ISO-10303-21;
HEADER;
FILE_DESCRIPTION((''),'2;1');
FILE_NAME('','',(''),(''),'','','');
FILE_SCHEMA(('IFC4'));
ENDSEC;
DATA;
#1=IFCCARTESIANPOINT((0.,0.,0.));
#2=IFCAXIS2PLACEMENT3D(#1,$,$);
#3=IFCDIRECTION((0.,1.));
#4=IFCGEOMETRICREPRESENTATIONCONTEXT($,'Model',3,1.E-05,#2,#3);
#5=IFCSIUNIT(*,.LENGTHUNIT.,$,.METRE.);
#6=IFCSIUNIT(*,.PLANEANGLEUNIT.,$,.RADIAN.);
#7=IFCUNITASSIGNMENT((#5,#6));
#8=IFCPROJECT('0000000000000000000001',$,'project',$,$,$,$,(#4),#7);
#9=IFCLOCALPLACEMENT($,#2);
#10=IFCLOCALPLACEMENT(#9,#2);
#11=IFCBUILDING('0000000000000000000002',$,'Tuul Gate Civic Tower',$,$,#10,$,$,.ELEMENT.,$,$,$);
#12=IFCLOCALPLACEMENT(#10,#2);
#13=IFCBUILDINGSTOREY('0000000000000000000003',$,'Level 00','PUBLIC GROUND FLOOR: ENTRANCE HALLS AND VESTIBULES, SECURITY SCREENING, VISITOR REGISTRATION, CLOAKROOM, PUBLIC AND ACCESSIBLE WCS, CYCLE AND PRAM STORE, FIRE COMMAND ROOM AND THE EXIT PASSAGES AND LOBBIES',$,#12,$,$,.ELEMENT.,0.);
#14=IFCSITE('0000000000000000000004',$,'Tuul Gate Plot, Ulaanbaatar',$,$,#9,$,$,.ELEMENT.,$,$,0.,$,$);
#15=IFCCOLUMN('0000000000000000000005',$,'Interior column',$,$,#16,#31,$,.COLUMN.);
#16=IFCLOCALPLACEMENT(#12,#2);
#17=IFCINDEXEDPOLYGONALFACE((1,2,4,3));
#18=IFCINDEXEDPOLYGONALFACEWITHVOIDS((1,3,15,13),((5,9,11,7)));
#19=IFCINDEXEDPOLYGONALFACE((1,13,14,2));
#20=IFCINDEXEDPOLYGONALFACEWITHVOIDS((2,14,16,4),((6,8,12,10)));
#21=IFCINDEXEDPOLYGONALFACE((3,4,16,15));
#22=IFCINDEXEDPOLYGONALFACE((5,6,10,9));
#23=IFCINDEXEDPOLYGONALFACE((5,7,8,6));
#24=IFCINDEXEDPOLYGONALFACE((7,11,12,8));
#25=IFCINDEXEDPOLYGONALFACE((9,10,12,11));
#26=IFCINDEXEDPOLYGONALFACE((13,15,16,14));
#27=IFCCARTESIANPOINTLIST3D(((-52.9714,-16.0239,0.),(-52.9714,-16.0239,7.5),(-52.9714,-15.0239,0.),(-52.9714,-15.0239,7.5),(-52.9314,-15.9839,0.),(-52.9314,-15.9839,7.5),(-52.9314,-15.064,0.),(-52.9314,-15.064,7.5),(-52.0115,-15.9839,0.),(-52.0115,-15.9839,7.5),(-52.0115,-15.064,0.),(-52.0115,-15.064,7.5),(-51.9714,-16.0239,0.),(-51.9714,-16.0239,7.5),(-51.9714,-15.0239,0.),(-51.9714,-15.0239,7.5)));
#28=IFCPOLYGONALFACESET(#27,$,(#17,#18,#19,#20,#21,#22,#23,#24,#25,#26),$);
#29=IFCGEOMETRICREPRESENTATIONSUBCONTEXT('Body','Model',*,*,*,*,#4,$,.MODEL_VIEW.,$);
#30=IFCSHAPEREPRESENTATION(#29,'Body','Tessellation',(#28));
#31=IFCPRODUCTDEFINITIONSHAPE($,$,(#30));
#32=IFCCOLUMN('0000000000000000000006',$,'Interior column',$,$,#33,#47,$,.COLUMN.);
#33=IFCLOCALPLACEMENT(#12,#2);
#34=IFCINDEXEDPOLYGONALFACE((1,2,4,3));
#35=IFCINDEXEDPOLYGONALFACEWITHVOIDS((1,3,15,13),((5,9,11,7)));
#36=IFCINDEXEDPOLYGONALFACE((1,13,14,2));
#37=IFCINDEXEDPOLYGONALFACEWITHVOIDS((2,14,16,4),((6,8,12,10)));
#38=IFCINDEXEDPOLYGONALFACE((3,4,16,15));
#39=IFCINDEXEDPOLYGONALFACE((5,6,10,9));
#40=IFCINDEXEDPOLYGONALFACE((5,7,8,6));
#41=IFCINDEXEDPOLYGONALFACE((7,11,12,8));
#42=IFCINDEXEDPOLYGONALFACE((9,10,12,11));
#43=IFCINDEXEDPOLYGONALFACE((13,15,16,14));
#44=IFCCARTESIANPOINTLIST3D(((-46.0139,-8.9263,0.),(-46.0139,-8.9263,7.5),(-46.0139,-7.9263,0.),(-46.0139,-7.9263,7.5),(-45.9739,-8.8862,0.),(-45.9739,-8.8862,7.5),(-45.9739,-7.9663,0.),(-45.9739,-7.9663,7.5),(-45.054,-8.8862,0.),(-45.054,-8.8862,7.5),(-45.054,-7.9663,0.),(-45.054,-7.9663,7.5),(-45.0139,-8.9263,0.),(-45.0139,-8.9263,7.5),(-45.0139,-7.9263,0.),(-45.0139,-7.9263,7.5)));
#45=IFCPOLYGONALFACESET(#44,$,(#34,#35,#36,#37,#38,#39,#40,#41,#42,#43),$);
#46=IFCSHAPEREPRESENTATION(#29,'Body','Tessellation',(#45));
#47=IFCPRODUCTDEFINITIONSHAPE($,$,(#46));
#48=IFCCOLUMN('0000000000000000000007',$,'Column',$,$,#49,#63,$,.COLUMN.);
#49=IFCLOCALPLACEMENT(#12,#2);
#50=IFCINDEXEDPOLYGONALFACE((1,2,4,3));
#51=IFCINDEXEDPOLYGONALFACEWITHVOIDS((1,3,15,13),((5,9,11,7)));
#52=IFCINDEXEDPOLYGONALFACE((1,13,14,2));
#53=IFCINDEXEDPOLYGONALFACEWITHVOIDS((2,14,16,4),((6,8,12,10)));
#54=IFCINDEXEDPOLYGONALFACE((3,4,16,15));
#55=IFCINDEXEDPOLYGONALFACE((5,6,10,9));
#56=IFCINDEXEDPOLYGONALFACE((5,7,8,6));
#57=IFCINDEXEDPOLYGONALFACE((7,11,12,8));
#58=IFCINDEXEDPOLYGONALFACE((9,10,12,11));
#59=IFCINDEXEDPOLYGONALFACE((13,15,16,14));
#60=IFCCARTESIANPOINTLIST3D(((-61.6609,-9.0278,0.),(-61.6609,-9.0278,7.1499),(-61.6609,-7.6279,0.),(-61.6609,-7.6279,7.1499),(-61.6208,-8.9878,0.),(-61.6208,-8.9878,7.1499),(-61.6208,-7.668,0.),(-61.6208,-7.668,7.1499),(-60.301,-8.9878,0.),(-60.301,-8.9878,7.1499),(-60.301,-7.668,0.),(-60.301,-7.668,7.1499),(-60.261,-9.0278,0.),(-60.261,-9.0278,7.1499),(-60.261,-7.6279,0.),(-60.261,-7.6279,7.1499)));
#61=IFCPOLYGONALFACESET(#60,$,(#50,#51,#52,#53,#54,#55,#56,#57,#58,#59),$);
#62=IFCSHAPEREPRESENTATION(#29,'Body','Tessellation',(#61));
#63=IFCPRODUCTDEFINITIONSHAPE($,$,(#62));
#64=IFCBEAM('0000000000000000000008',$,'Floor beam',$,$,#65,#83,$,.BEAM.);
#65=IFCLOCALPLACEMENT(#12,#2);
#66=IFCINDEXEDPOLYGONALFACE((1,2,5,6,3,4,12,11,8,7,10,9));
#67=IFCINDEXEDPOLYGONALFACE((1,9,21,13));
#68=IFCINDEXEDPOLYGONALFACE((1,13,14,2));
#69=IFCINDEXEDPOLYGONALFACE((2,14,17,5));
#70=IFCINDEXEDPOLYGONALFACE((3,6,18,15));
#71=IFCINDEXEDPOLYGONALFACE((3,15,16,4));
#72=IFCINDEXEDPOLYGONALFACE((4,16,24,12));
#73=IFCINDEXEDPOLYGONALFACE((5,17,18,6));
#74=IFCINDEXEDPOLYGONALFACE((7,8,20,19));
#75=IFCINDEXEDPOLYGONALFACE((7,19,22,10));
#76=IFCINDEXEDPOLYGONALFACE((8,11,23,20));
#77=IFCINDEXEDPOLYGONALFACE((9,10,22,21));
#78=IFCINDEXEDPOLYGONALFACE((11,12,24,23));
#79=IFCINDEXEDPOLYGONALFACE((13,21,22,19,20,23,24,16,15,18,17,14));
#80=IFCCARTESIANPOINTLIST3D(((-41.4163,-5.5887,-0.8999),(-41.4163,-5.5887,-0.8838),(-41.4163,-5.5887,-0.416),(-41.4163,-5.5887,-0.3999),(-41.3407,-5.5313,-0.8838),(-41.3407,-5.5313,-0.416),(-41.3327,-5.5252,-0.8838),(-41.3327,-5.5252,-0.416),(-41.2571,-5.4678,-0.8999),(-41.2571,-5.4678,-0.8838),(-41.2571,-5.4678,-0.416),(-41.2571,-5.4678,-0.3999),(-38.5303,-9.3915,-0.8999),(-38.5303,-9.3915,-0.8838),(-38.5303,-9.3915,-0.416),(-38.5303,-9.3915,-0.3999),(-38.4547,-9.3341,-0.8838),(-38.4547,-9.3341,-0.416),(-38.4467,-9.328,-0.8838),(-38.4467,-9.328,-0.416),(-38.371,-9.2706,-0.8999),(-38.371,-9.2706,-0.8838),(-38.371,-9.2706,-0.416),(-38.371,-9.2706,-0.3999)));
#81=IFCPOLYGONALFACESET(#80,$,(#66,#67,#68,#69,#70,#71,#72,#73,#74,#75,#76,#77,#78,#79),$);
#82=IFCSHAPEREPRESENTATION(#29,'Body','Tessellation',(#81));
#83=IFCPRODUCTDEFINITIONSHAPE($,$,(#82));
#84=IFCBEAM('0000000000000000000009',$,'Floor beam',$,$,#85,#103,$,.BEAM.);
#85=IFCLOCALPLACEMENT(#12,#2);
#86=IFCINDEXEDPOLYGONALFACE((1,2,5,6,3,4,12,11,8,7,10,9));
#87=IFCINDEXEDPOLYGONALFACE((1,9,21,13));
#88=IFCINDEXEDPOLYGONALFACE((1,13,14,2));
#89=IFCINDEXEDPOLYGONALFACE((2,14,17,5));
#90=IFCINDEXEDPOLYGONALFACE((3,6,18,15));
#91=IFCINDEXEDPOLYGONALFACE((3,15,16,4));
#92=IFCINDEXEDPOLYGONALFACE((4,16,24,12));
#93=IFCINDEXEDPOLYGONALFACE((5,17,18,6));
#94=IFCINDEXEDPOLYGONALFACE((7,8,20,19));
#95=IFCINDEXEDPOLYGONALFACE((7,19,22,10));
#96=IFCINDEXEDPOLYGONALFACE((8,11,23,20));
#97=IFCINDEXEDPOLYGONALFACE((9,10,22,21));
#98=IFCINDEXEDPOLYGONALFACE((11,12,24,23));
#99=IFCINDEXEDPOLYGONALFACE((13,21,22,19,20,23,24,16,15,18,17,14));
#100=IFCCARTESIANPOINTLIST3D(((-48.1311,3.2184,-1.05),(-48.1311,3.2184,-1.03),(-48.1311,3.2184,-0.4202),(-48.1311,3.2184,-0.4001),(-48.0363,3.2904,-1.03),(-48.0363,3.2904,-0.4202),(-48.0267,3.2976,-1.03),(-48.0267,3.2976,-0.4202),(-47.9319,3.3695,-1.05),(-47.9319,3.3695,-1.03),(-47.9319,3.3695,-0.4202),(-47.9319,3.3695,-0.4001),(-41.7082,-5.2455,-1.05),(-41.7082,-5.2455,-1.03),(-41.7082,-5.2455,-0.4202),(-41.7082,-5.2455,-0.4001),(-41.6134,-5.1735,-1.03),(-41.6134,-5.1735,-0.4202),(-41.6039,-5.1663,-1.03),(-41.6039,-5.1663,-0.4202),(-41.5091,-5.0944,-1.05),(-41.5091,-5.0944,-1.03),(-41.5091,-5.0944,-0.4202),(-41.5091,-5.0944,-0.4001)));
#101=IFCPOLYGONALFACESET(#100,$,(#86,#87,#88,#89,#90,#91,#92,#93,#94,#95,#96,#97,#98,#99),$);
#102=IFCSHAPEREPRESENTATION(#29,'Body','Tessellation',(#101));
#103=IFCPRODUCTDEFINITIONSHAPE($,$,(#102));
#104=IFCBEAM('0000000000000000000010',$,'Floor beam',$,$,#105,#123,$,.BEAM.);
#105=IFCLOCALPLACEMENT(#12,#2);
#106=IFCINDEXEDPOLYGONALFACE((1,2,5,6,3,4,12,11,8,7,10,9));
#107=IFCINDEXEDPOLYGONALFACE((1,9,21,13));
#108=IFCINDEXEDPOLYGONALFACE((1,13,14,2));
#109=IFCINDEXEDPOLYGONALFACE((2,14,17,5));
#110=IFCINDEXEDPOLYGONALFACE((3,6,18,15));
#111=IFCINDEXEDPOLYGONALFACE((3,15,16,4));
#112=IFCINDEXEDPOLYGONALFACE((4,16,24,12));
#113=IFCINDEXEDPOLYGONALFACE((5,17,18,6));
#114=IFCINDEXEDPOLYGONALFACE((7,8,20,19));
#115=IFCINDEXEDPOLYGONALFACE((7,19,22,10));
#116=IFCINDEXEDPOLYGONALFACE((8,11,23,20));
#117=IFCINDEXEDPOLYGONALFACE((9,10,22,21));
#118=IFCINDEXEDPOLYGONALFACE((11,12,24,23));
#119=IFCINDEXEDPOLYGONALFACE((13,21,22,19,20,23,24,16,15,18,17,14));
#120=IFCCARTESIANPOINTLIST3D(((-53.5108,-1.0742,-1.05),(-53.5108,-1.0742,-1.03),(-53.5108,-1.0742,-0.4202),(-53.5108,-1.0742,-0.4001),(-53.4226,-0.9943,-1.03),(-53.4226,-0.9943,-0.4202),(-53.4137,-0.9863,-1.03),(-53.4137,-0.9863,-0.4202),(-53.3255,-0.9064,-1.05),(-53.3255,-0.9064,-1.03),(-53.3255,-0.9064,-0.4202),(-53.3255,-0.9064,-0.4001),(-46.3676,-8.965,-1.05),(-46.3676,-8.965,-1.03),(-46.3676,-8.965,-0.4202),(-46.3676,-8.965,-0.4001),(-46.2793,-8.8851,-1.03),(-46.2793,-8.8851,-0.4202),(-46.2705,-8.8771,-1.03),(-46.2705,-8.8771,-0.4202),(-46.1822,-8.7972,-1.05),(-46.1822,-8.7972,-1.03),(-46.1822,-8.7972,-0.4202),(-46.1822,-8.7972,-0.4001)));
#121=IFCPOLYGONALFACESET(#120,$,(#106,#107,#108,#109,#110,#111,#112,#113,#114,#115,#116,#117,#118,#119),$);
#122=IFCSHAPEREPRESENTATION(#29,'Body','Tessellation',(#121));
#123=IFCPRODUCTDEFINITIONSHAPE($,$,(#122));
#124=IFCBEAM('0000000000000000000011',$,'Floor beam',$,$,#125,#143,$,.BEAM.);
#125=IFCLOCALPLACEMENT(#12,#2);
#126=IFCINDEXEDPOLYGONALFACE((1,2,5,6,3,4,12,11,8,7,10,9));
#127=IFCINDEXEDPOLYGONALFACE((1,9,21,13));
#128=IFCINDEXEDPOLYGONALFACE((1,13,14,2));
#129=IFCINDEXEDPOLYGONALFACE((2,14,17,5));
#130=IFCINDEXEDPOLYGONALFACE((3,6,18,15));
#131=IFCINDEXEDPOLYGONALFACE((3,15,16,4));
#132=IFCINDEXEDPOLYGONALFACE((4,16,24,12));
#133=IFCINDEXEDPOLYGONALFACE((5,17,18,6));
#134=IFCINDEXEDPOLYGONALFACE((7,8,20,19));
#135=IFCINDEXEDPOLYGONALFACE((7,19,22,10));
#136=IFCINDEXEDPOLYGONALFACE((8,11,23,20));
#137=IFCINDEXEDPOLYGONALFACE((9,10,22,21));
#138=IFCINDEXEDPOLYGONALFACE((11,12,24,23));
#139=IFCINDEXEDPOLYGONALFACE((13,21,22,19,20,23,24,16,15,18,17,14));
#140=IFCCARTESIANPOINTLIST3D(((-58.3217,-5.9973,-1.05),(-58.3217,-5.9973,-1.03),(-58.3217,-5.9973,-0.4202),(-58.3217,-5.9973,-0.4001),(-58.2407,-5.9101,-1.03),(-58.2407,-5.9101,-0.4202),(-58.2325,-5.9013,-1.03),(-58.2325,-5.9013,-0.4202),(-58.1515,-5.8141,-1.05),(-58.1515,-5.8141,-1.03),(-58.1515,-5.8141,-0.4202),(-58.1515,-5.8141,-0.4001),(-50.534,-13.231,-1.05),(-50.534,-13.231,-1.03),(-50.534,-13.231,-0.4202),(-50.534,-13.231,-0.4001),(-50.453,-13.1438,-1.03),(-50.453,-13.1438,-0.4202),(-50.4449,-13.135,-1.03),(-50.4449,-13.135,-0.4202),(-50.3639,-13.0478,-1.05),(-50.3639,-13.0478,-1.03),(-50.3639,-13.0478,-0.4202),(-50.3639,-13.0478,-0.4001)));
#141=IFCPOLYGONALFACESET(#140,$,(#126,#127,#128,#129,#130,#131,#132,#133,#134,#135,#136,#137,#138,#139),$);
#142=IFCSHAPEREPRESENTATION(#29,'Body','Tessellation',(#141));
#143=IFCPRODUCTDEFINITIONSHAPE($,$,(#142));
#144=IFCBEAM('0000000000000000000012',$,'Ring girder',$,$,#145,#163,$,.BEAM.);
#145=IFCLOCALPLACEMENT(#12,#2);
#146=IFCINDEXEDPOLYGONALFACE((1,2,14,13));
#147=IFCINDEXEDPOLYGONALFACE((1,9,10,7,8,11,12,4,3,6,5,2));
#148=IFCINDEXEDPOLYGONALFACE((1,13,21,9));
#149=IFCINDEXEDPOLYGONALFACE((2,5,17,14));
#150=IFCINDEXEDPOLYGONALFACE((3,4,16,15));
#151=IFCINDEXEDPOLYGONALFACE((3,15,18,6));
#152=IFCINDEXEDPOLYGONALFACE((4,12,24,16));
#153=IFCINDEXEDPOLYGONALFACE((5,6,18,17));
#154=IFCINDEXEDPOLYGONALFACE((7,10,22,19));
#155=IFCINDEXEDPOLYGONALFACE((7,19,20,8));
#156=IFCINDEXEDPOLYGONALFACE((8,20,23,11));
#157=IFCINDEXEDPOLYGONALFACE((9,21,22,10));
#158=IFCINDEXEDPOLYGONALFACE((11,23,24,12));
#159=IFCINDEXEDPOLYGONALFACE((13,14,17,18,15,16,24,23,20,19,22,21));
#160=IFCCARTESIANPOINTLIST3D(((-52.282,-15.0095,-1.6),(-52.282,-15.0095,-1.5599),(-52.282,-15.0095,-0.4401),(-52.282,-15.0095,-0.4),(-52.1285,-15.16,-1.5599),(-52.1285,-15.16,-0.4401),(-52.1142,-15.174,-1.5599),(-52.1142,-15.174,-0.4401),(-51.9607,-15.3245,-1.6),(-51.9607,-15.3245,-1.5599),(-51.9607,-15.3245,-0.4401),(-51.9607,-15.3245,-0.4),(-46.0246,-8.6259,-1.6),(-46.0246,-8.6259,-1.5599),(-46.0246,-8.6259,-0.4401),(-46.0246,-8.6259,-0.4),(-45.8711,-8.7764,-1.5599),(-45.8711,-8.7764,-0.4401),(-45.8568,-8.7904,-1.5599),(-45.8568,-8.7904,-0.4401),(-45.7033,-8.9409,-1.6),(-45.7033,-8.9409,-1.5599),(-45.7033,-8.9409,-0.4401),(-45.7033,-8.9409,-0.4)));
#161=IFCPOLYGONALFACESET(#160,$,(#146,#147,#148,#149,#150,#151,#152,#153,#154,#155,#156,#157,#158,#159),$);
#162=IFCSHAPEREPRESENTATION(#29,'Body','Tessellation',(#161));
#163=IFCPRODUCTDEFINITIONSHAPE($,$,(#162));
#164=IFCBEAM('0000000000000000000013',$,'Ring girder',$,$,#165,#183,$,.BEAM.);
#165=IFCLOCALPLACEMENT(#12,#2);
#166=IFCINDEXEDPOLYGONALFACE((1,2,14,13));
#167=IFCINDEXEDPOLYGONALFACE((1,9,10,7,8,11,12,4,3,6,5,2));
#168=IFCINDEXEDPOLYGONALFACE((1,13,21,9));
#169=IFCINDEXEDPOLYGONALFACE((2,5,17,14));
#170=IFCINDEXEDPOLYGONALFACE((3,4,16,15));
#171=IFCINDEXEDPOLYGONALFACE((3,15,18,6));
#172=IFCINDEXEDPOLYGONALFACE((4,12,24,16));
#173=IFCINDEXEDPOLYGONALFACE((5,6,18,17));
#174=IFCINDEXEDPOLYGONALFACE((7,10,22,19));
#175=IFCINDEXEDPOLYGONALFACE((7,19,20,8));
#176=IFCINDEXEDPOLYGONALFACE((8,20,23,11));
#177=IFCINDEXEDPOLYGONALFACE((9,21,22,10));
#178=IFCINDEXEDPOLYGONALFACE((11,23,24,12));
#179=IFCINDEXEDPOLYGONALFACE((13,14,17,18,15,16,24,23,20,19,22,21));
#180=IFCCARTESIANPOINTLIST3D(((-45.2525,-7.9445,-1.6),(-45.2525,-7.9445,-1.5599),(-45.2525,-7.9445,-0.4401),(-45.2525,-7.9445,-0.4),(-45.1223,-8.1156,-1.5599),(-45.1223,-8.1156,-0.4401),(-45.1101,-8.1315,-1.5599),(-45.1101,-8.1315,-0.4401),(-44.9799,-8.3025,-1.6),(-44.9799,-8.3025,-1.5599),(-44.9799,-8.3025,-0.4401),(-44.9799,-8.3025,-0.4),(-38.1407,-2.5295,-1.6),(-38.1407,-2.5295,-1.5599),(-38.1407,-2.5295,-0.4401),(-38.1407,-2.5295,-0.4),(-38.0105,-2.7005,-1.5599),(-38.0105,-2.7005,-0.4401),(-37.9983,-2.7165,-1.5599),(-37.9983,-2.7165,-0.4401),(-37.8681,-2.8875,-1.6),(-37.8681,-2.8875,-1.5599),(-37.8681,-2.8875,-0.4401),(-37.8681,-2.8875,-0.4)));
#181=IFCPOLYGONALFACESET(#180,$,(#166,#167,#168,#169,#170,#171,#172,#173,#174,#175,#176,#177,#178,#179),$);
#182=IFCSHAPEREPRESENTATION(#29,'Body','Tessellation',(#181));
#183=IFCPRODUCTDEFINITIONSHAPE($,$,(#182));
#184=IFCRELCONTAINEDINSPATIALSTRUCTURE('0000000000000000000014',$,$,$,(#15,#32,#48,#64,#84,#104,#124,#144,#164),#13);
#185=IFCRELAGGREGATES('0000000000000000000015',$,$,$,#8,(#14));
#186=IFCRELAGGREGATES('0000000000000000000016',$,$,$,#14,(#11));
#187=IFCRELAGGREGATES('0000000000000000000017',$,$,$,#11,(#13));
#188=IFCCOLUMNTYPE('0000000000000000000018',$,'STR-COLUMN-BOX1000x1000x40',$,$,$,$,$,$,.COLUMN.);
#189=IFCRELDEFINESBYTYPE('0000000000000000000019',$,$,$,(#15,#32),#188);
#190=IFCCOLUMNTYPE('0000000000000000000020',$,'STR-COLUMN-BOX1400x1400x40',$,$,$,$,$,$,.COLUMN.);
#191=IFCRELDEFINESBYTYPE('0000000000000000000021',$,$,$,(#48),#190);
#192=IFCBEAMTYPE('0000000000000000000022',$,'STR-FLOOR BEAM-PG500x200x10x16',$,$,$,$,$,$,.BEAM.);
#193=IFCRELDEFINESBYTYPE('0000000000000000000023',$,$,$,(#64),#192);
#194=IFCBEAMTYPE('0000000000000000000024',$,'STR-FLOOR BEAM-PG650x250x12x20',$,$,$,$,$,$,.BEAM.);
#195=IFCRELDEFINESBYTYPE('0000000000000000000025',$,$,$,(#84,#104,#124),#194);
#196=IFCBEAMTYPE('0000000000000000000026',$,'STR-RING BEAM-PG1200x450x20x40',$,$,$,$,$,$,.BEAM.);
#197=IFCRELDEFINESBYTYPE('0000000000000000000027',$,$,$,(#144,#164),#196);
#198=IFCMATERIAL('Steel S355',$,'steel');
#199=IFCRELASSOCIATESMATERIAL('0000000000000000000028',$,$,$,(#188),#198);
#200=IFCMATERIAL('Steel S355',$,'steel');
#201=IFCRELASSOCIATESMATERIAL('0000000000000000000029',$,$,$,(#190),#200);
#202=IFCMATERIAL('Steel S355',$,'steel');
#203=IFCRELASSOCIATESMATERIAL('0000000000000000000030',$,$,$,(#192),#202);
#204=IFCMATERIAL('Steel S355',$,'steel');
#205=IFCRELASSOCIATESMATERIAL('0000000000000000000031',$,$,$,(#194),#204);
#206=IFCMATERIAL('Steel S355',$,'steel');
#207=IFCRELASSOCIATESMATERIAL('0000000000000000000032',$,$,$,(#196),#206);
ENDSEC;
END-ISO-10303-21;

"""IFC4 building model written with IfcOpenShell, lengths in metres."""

from ifc_helpers import new_model, si_unit, direction, frame, origin, origin_2d, place, context, subcontext, project, spatial, hollow_rectangle, i_section, extrude, material, material_profile, profile_set, type_object, element, save


model = new_model("IFC4")

# Units and contexts
model_context = context("Model", 3, precision=1e-05, world=origin(), true_north=direction((0.0, 1.0)))
body_context = subcontext(model_context, "Body", "Model", "MODEL_VIEW")
ifc_project = project(units=[si_unit("LENGTHUNIT", "METRE"), si_unit("PLANEANGLEUNIT", "RADIAN")], contexts=[model_context])

# Site, building, storey
site_placement = place(None, origin())
site = spatial("IfcSite", under=ifc_project, at=site_placement, Name="Tuul Gate Plot, Ulaanbaatar", CompositionType="ELEMENT", RefElevation=0.0)
building_placement = place(site_placement, origin())
building = spatial("IfcBuilding", under=site, at=building_placement, Name="Tuul Gate Civic Tower", CompositionType="ELEMENT")
storey_placement = place(building_placement, origin())
storey = spatial("IfcBuildingStorey", under=building, at=storey_placement, Name="Level 00", Description="PUBLIC GROUND FLOOR: ENTRANCE HALLS AND VESTIBULES, SECURITY SCREENING, VISITOR REGISTRATION, CLOAKROOM, PUBLIC AND ACCESSIBLE WCS, CYCLE AND PRAM STORE, FIRE COMMAND ROOM AND THE EXIT PASSAGES AND LOBBIES", CompositionType="ELEMENT", Elevation=0.0)

# Columns
ifc_material_1 = material(Name="Steel S355", Category="steel")
ifc_material_profile_1 = material_profile(ifc_material_1, hollow_rectangle(XDim=1.0, YDim=1.0, WallThickness=0.04, at=origin_2d()), Name="BOX1000x1000x40")
ifc_profile_set_1 = profile_set([ifc_material_profile_1], Name="Steel S355")
column_type_1 = type_object("IfcColumnType", Name="STR-COLUMN-BOX1000x1000x40", PredefinedType="COLUMN", material=ifc_profile_set_1)
for number, where, z_axis, x_axis, name in (
    (1, (-52.4714, -15.5239, 0.0), (0.0, 0.0, 1.0), (1.0, 0.0, 0.0), "Interior column"),
    (2, (-45.5139, -8.4263, 0.0), (0.0, 0.0, 1.0), (1.0, 0.0, 0.0), "Interior column"),
):
    element("IfcColumn", number, at=place(storey_placement, frame(where, z_axis=z_axis, x_axis=x_axis)), inside=storey, type_object=column_type_1, Name=name, PredefinedType="COLUMN", context=body_context, shape_type="SweptSolid", body=[
        extrude(hollow_rectangle(XDim=1.0, YDim=1.0, WallThickness=0.04, at=origin_2d()), origin(), (0.0, 0.0, 1.0), 7.5),
    ])
ifc_material_2 = material(Name="Steel S355", Category="steel")
ifc_material_profile_2 = material_profile(ifc_material_2, hollow_rectangle(XDim=1.3999, YDim=1.3999, WallThickness=0.04, at=origin_2d()), Name="BOX1400x1400x40")
ifc_profile_set_2 = profile_set([ifc_material_profile_2], Name="Steel S355")
column_type_2 = type_object("IfcColumnType", Name="STR-COLUMN-BOX1400x1400x40", PredefinedType="COLUMN", material=ifc_profile_set_2)
column_placement = place(storey_placement, frame((-60.9609, -8.3279, 0.0), z_axis=(0.0, 0.0, 1.0), x_axis=(1.0, 0.0, 0.0)))
element("IfcColumn", 3, at=column_placement, inside=storey, type_object=column_type_2, Name="Column", PredefinedType="COLUMN", context=body_context, shape_type="SweptSolid", body=[
    extrude(hollow_rectangle(XDim=1.3999, YDim=1.3999, WallThickness=0.04, at=origin_2d()), origin(), (0.0, 0.0, 1.0), 7.1499),
])

# Beams
ifc_material_3 = material(Name="Steel S355", Category="steel")
ifc_material_profile_3 = material_profile(ifc_material_3, i_section(OverallWidth=0.2, OverallDepth=0.5, WebThickness=0.01, FlangeThickness=0.0161, at=origin_2d()), Name="PG500x200x10x16")
ifc_profile_set_3 = profile_set([ifc_material_profile_3], Name="Steel S355")
beam_type_1 = type_object("IfcBeamType", Name="STR-FLOOR BEAM-PG500x200x10x16", PredefinedType="BEAM", material=ifc_profile_set_3)
beam_1_placement = place(storey_placement, frame((-38.4507, -9.3311, -0.6499), z_axis=(-0.60454, 0.796575, 0.0), x_axis=(-0.796575, -0.60454, 0.0)))
element("IfcBeam", 4, at=beam_1_placement, inside=storey, type_object=beam_type_1, Name="Floor beam", PredefinedType="BEAM", context=body_context, shape_type="SweptSolid", body=[
    extrude(i_section(OverallWidth=0.2, OverallDepth=0.5, WebThickness=0.01, FlangeThickness=0.0161, at=origin_2d()), origin(), (0.0, 0.0, 1.0), 4.7739),
])
ifc_material_4 = material(Name="Steel S355", Category="steel")
ifc_material_profile_4 = material_profile(ifc_material_4, i_section(OverallWidth=0.25, OverallDepth=0.6499, WebThickness=0.012, FlangeThickness=0.02, at=origin_2d()), Name="PG650x250x12x20")
ifc_profile_set_4 = profile_set([ifc_material_profile_4], Name="Steel S355")
beam_type_2 = type_object("IfcBeamType", Name="STR-FLOOR BEAM-PG650x250x12x20", PredefinedType="BEAM", material=ifc_profile_set_4)
beam_2_placement = place(storey_placement, frame((-41.6086, -5.1699, -0.7251), z_axis=(-0.604505, 0.796601, 0.0), x_axis=(-0.796601, -0.604505, 0.0)))
element("IfcBeam", 5, at=beam_2_placement, inside=storey, type_object=beam_type_2, Name="Floor beam", PredefinedType="BEAM", context=body_context, shape_type="SweptSolid", body=[
    extrude(i_section(OverallWidth=0.25, OverallDepth=0.6499, WebThickness=0.012, FlangeThickness=0.02, at=origin_2d()), origin(), (0.0, 0.0, 1.0), 10.625),
])
beam_3_placement = place(storey_placement, frame((-46.2749, -8.8811, -0.7251), z_axis=(-0.671118, 0.741351, 0.0), x_axis=(-0.741351, -0.671118, 0.0)))
element("IfcBeam", 6, at=beam_3_placement, inside=storey, type_object=beam_type_2, Name="Floor beam", PredefinedType="BEAM", context=body_context, shape_type="SweptSolid", body=[
    extrude(i_section(OverallWidth=0.25, OverallDepth=0.6499, WebThickness=0.012, FlangeThickness=0.02, at=origin_2d()), origin(), (0.0, 0.0, 1.0), 10.6438),
])
beam_4_placement = place(storey_placement, frame((-50.449, -13.1394, -0.7251), z_axis=(-0.732685, 0.680567, 0.0), x_axis=(-0.680567, -0.732685, 0.0)))
element("IfcBeam", 7, at=beam_4_placement, inside=storey, type_object=beam_type_2, Name="Floor beam", PredefinedType="BEAM", context=body_context, shape_type="SweptSolid", body=[
    extrude(i_section(OverallWidth=0.25, OverallDepth=0.6499, WebThickness=0.012, FlangeThickness=0.02, at=origin_2d()), origin(), (0.0, 0.0, 1.0), 10.6289),
])
ifc_material_5 = material(Name="Steel S355", Category="steel")
ifc_material_profile_5 = material_profile(ifc_material_5, i_section(OverallWidth=0.45, OverallDepth=1.2, WebThickness=0.02, FlangeThickness=0.04, at=origin_2d()), Name="PG1200x450x20x40")
ifc_profile_set_5 = profile_set([ifc_material_profile_5], Name="Steel S355")
beam_type_3 = type_object("IfcBeamType", Name="STR-RING BEAM-PG1200x450x20x40", PredefinedType="BEAM", material=ifc_profile_set_5)
beam_5_placement = place(storey_placement, frame((-52.1213, -15.167, -1.0), z_axis=(0.700011, 0.714132, 0.0), x_axis=(-0.714132, 0.700011, 0.0)))
element("IfcBeam", 8, at=beam_5_placement, inside=storey, type_object=beam_type_3, Name="Ring girder", PredefinedType="BEAM", context=body_context, shape_type="SweptSolid", body=[
    extrude(i_section(OverallWidth=0.45, OverallDepth=1.2, WebThickness=0.02, FlangeThickness=0.04, at=origin_2d()), origin(), (0.0, 0.0, 1.0), 8.939),
])
beam_6_placement = place(storey_placement, frame((-45.1162, -8.1235, -1.0), z_axis=(0.79562, 0.605796, 0.0), x_axis=(-0.605796, 0.79562, 0.0)))
element("IfcBeam", 9, at=beam_6_placement, inside=storey, type_object=beam_type_3, Name="Ring girder", PredefinedType="BEAM", context=body_context, shape_type="SweptSolid", body=[
    extrude(i_section(OverallWidth=0.45, OverallDepth=1.2, WebThickness=0.02, FlangeThickness=0.04, at=origin_2d()), origin(), (0.0, 0.0, 1.0), 8.9387),
])

save(model, "model.ifc")
